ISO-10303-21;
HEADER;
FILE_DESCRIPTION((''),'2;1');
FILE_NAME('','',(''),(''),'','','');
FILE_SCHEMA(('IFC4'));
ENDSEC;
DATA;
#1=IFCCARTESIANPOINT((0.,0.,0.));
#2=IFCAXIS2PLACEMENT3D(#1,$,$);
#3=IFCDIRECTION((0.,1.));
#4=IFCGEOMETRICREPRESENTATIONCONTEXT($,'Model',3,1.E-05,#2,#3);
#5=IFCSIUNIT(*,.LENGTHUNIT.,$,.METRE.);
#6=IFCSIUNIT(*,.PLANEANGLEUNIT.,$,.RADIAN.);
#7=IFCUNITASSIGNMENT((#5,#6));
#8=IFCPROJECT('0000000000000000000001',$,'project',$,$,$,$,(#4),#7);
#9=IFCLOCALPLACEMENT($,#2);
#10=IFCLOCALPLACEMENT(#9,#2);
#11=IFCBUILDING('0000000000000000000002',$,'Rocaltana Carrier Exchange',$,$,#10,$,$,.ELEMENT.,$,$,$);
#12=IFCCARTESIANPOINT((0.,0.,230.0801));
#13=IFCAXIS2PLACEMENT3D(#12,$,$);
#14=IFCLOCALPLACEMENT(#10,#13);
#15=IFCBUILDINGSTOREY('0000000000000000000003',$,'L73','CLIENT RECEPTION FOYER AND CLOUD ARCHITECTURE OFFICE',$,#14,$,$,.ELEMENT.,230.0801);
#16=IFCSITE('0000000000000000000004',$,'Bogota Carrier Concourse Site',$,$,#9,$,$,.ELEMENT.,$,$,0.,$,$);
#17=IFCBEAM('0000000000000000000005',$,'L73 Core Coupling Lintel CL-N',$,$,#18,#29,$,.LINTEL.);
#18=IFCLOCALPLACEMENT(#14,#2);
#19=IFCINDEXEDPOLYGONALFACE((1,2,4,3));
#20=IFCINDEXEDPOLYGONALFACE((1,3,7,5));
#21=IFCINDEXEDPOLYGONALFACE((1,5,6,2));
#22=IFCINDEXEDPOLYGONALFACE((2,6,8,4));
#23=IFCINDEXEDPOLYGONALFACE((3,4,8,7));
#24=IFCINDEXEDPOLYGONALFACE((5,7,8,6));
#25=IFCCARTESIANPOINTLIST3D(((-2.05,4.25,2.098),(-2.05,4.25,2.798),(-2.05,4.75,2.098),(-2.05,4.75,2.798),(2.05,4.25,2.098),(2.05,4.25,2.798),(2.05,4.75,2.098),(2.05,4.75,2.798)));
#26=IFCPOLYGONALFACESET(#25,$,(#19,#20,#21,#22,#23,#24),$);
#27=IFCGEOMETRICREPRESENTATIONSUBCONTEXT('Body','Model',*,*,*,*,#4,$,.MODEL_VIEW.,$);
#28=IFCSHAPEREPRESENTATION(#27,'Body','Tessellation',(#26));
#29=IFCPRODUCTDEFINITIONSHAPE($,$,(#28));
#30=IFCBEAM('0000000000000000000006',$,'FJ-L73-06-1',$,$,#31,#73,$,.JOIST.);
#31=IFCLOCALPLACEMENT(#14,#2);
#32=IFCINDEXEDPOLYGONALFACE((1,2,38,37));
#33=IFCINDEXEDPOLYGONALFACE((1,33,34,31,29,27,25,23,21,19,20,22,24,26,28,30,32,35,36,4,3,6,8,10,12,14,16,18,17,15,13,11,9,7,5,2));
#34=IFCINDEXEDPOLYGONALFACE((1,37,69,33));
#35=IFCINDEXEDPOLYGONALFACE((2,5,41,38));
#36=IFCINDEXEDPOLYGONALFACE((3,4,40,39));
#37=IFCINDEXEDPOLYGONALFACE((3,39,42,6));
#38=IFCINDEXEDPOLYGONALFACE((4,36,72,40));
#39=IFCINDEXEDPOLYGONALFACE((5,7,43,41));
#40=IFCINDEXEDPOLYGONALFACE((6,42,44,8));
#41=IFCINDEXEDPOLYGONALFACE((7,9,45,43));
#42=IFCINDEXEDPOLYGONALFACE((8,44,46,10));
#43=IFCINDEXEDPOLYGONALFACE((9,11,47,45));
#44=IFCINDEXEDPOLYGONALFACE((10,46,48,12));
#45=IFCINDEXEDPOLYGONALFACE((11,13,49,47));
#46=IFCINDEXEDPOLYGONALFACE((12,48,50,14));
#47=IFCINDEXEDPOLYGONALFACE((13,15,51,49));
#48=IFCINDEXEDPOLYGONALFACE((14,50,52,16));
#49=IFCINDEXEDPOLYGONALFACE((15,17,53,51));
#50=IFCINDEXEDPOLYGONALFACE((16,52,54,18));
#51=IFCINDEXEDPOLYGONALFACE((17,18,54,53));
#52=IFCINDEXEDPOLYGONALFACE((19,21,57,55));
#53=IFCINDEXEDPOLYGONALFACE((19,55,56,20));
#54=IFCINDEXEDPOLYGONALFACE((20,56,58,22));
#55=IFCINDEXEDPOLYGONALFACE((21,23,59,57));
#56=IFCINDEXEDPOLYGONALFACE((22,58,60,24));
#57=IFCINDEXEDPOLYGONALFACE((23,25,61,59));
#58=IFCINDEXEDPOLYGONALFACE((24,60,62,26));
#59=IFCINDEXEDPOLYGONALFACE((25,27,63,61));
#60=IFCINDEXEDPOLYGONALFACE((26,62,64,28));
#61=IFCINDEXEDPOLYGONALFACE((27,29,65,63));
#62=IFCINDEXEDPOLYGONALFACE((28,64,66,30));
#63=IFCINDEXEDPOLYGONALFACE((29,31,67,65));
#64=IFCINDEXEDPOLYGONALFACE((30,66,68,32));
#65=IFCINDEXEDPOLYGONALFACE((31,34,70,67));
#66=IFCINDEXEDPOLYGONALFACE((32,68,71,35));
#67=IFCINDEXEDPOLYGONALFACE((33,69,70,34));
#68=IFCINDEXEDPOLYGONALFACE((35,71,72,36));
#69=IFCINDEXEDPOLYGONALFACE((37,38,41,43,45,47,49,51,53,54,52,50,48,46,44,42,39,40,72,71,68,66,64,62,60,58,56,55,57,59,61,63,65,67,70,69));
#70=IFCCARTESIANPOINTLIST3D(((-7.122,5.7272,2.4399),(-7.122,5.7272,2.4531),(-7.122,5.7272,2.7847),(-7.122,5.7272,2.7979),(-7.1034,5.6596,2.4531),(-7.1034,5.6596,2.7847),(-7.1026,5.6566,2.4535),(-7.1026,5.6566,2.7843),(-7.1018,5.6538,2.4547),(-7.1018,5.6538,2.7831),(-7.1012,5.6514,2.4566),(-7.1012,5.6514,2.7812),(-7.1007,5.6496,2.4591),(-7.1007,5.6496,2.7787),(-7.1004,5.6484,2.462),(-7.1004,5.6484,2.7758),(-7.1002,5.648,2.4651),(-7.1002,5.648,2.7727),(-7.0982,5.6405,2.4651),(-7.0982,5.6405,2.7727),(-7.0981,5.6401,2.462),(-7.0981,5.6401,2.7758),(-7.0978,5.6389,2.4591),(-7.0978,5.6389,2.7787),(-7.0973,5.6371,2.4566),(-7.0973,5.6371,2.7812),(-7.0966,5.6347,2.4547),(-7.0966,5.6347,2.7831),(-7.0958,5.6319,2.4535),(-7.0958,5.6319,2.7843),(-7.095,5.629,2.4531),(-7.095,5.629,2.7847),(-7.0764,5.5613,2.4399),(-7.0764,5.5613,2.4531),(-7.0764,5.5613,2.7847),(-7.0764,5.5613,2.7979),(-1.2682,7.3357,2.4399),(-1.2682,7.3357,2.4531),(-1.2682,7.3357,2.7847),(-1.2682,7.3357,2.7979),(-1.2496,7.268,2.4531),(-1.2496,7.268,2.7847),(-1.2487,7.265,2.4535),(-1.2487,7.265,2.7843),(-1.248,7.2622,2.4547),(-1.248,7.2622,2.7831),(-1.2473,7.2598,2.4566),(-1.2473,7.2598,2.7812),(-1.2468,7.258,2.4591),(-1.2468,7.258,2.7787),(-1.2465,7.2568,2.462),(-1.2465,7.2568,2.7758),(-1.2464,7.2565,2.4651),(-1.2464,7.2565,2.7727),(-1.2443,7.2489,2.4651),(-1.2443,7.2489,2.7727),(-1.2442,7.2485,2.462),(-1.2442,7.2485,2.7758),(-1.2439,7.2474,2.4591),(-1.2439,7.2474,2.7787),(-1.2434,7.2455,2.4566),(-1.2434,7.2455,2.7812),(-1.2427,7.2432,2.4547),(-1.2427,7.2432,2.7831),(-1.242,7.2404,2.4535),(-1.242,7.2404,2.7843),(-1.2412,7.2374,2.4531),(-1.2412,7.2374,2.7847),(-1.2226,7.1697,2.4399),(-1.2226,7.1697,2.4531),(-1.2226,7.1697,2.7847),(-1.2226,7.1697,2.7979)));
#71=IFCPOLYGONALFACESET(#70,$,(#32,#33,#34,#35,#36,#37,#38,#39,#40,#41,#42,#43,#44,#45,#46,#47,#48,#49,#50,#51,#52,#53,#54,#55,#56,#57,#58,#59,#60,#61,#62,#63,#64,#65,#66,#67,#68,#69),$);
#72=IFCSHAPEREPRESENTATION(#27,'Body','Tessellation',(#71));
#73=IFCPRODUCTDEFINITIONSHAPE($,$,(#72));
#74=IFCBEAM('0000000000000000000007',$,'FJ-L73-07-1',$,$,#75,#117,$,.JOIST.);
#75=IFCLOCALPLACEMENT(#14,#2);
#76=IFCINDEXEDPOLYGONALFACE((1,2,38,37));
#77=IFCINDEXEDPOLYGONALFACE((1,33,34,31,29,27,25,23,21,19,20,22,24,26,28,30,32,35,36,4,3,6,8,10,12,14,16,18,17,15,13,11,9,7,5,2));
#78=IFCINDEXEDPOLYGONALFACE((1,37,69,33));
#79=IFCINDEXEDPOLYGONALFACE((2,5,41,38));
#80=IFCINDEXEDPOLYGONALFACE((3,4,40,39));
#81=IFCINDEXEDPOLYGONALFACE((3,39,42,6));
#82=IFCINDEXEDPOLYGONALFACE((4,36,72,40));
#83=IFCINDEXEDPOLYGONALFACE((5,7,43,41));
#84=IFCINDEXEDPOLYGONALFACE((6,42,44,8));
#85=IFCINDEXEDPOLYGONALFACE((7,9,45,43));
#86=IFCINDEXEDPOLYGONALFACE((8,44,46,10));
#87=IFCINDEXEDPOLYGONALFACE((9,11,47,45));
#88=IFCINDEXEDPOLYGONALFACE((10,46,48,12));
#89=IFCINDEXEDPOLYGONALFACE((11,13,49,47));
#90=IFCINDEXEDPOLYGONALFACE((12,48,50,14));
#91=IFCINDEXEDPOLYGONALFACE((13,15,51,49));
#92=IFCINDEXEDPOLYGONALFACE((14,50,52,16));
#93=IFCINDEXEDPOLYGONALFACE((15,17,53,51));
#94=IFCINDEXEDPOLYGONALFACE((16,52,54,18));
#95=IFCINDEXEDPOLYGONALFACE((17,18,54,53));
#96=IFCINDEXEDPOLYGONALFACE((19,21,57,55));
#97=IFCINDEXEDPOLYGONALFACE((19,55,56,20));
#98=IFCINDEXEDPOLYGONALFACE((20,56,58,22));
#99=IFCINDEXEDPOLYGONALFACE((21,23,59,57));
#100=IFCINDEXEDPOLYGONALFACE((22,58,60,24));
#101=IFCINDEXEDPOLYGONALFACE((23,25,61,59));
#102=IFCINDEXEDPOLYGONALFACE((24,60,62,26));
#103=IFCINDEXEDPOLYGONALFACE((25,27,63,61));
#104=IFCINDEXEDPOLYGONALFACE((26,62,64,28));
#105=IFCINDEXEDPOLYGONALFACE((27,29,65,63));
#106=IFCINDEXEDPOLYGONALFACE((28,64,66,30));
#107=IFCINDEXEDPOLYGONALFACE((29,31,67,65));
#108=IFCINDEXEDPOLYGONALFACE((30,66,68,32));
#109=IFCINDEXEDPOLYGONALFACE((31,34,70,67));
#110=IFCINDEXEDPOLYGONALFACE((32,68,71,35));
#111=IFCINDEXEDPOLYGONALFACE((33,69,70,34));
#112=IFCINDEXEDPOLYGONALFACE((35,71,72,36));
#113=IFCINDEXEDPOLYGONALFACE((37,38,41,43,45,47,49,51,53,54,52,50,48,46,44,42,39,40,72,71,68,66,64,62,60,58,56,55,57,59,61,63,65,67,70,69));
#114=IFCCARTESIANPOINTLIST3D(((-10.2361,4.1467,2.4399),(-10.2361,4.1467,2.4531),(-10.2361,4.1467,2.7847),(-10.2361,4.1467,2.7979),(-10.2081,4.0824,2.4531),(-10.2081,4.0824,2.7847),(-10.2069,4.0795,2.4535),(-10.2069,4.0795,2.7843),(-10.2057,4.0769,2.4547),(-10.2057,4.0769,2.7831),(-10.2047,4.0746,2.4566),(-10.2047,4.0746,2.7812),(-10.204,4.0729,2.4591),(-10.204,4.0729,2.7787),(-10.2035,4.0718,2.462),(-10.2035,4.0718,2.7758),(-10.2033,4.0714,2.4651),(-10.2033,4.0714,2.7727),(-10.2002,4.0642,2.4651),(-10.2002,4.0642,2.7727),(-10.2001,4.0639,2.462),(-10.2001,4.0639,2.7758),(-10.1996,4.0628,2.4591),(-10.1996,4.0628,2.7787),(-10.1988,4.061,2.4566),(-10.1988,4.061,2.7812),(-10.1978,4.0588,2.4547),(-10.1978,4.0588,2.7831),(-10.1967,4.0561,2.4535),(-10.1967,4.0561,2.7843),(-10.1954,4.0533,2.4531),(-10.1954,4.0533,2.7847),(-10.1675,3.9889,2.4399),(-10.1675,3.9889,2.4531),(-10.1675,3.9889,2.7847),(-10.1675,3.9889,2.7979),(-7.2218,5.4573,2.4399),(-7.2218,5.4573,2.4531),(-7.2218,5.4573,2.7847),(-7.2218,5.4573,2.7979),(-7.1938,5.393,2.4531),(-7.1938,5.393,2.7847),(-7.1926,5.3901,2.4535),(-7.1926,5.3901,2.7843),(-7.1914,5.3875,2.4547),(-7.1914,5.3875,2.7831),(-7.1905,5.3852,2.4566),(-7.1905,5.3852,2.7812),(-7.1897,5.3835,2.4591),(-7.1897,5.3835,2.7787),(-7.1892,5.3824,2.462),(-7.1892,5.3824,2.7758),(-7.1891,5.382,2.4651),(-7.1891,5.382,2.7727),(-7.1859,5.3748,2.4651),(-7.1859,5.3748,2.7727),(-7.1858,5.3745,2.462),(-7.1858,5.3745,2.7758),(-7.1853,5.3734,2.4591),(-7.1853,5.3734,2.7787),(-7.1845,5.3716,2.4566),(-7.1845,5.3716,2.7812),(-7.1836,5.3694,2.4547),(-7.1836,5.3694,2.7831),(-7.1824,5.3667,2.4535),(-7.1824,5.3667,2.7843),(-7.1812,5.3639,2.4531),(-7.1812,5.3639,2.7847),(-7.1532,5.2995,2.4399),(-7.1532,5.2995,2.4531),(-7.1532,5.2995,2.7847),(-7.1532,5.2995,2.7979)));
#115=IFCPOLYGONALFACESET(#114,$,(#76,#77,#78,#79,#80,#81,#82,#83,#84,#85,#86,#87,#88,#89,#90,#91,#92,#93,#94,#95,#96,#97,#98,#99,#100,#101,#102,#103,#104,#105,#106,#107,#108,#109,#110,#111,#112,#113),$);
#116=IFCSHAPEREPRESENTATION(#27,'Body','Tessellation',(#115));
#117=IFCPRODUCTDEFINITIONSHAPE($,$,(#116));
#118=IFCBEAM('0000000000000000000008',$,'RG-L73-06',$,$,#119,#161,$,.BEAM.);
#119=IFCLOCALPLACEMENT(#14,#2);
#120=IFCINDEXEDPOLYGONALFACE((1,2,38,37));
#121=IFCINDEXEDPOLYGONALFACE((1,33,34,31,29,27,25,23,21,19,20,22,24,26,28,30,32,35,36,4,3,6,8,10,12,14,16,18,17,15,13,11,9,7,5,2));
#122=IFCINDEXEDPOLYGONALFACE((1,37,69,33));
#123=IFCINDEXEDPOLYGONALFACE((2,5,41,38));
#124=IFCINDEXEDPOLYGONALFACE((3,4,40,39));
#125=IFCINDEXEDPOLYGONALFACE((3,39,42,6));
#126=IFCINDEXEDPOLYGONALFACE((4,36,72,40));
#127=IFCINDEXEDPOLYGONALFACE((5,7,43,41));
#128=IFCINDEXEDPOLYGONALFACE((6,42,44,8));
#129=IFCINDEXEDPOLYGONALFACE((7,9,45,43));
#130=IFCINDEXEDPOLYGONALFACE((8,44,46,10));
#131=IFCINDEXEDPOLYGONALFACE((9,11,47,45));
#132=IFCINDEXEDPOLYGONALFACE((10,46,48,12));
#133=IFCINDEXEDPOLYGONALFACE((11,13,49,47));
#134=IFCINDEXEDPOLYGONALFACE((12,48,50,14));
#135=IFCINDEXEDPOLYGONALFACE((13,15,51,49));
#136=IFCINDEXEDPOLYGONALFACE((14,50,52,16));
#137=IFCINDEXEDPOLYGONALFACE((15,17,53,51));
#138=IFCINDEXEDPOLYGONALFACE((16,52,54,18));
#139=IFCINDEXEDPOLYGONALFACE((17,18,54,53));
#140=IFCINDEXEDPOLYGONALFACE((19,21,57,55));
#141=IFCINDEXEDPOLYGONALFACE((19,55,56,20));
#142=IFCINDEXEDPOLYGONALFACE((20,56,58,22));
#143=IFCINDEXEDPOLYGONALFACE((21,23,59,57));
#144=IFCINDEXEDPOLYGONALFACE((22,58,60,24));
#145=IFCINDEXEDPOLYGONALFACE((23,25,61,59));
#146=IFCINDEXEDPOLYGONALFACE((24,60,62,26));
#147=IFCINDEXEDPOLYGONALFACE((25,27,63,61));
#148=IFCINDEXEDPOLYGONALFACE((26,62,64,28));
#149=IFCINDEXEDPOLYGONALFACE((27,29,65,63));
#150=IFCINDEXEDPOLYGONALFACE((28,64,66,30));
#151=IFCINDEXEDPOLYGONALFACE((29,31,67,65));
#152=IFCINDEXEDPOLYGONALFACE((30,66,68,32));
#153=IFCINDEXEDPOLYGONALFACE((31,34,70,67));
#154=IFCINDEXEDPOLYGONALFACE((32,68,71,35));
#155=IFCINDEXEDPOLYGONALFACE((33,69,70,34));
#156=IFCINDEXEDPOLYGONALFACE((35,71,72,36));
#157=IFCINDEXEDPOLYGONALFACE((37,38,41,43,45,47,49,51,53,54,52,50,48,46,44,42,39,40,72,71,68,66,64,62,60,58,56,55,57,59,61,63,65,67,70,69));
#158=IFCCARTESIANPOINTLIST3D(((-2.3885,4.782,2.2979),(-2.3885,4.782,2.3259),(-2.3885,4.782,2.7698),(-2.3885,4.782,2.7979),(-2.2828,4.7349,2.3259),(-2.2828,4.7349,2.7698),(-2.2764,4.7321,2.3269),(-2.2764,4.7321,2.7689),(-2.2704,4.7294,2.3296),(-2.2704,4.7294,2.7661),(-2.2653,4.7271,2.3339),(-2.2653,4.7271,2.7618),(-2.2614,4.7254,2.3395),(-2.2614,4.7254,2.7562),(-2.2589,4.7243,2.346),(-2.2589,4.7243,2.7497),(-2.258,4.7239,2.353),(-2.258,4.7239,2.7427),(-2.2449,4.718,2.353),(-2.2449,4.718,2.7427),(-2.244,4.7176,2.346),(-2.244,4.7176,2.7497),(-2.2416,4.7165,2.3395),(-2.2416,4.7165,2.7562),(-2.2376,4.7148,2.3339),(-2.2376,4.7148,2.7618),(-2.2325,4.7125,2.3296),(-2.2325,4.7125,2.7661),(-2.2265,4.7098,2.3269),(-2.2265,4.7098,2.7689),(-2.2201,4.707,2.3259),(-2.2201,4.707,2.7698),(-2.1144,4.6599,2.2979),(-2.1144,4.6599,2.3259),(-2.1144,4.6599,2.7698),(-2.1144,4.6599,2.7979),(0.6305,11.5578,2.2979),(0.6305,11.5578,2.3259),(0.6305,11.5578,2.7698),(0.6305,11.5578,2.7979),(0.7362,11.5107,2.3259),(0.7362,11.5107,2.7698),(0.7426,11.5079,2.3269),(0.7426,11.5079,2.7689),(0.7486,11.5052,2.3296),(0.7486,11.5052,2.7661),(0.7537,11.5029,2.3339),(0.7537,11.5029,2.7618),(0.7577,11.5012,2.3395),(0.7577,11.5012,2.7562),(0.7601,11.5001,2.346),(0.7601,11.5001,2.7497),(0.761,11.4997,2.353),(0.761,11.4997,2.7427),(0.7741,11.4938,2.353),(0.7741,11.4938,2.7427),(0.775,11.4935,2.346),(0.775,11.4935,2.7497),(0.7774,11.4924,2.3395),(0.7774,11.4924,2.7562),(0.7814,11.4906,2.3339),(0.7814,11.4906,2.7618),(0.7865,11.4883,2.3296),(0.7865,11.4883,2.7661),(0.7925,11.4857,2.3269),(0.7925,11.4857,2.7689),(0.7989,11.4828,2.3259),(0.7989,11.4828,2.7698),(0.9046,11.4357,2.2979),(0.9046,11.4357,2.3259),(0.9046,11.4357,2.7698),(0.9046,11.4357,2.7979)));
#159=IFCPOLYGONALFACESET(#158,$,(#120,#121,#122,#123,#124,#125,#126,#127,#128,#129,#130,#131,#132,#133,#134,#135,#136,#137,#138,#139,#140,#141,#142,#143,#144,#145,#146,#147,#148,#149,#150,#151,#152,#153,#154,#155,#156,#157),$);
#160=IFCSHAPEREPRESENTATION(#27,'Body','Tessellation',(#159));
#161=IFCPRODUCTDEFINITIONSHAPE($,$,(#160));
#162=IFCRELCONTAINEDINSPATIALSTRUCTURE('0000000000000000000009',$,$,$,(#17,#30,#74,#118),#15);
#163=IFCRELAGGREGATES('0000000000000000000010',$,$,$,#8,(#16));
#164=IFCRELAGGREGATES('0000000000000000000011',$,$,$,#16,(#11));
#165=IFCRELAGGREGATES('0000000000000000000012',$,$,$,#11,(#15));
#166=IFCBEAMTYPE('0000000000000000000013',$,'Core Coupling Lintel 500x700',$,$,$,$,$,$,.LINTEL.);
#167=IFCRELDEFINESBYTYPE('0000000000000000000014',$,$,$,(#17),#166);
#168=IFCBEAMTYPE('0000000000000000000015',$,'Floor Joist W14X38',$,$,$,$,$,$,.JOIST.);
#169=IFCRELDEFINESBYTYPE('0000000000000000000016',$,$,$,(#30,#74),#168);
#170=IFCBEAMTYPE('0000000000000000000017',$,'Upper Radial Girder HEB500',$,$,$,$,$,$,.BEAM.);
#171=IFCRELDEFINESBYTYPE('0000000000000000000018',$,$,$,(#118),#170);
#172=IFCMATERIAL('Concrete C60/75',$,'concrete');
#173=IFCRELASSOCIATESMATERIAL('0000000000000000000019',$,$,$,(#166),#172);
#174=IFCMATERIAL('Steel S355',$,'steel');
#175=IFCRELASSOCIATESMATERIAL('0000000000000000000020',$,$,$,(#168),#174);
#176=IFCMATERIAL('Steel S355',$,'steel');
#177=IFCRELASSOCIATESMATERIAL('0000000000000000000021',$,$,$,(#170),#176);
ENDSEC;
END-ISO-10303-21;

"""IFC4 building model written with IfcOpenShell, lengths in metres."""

from ifc_helpers import new_model, si_unit, direction, frame, origin, origin_2d, place, context, subcontext, project, spatial, rectangle, i_section, extrude, material, material_profile, profile_set, type_object, element, save


model = new_model("IFC4")

# Units and contexts
model_context = context("Model", 3, precision=1e-05, world=origin(), true_north=direction((0.0, 1.0)))
body_context = subcontext(model_context, "Body", "Model", "MODEL_VIEW")
ifc_project = project(units=[si_unit("LENGTHUNIT", "METRE"), si_unit("PLANEANGLEUNIT", "RADIAN")], contexts=[model_context])

# Site, building, storey
site_placement = place(None, origin())
site = spatial("IfcSite", under=ifc_project, at=site_placement, Name="Bogota Carrier Concourse Site", CompositionType="ELEMENT", RefElevation=0.0)
building_placement = place(site_placement, origin())
building = spatial("IfcBuilding", under=site, at=building_placement, Name="Rocaltana Carrier Exchange", CompositionType="ELEMENT")
storey_placement = place(building_placement, frame((0.0, 0.0, 230.0801)))
storey = spatial("IfcBuildingStorey", under=building, at=storey_placement, Name="L73", Description="CLIENT RECEPTION FOYER AND CLOUD ARCHITECTURE OFFICE", CompositionType="ELEMENT", Elevation=230.0801)

# Beams
ifc_material_1 = material(Name="Concrete C60/75", Category="concrete")
ifc_material_profile_1 = material_profile(ifc_material_1, rectangle(XDim=0.5, YDim=0.7, at=origin_2d()), Name="RC-BM-500X700")
ifc_profile_set_1 = profile_set([ifc_material_profile_1], Name="Concrete C60/75")
beam_type_1 = type_object("IfcBeamType", Name="Core Coupling Lintel 500x700", PredefinedType="LINTEL", material=ifc_profile_set_1)
beam_1_placement = place(storey_placement, frame((-2.05, 4.5, 2.448), z_axis=(1.0, 0.0, 0.0), x_axis=(0.0, 1.0, 0.0)))
element("IfcBeam", 1, at=beam_1_placement, inside=storey, type_object=beam_type_1, Name="L73 Core Coupling Lintel CL-N", PredefinedType="LINTEL", context=body_context, shape_type="SweptSolid", body=[
    extrude(rectangle(XDim=0.5, YDim=0.7, at=origin_2d()), origin(), (0.0, 0.0, 1.0), 4.1001),
])
ifc_material_2 = material(Name="Steel S355", Category="steel")
ifc_material_profile_2 = material_profile(ifc_material_2, i_section(OverallWidth=0.1721, OverallDepth=0.3579, WebThickness=0.0078, FlangeThickness=0.0132, FilletRadius=0.012, at=origin_2d()), Name="W14X38")
ifc_profile_set_2 = profile_set([ifc_material_profile_2], Name="Steel S355")
beam_type_2 = type_object("IfcBeamType", Name="Floor Joist W14X38", PredefinedType="JOIST", material=ifc_profile_set_2)
beam_2_placement = place(storey_placement, frame((-1.2454, 7.2527, 2.6189), z_axis=(-0.964264, -0.264944, 0.0), x_axis=(0.264944, -0.964264, 0.0)))
element("IfcBeam", 2, at=beam_2_placement, inside=storey, type_object=beam_type_2, Name="FJ-L73-06-1", PredefinedType="JOIST", context=body_context, shape_type="SweptSolid", body=[
    extrude(i_section(OverallWidth=0.1721, OverallDepth=0.3579, WebThickness=0.0078, FlangeThickness=0.0132, FilletRadius=0.012, at=origin_2d()), origin(), (0.0, 0.0, 1.0), 6.0708),
])
beam_3_placement = place(storey_placement, frame((-7.1875, 5.3784, 2.6189), z_axis=(-0.917065, -0.398737, 0.0), x_axis=(0.398737, -0.917065, 0.0)))
element("IfcBeam", 3, at=beam_3_placement, inside=storey, type_object=beam_type_2, Name="FJ-L73-07-1", PredefinedType="JOIST", context=body_context, shape_type="SweptSolid", body=[
    extrude(i_section(OverallWidth=0.1721, OverallDepth=0.3579, WebThickness=0.0078, FlangeThickness=0.0132, FilletRadius=0.012, at=origin_2d()), origin(), (0.0, 0.0, 1.0), 3.2869),
])
ifc_material_3 = material(Name="Steel S355", Category="steel")
ifc_material_profile_3 = material_profile(ifc_material_3, i_section(OverallWidth=0.3, OverallDepth=0.5, WebThickness=0.0144, FlangeThickness=0.0281, FilletRadius=0.0271, at=origin_2d()), Name="HEB500")
ifc_profile_set_3 = profile_set([ifc_material_profile_3], Name="Steel S355")
beam_type_3 = type_object("IfcBeamType", Name="Upper Radial Girder HEB500", PredefinedType="BEAM", material=ifc_profile_set_3)
beam_4_placement = place(storey_placement, frame((-2.2515, 4.7209, 2.5479), z_axis=(0.406987, 0.913434, 0.0), x_axis=(-0.913434, 0.406987, 0.0)))
element("IfcBeam", 4, at=beam_4_placement, inside=storey, type_object=beam_type_3, Name="RG-L73-06", PredefinedType="BEAM", context=body_context, shape_type="SweptSolid", body=[
    extrude(i_section(OverallWidth=0.3, OverallDepth=0.5, WebThickness=0.0144, FlangeThickness=0.0281, FilletRadius=0.0271, at=origin_2d()), origin(), (0.0, 0.0, 1.0), 7.418),
])

save(model, "model.ifc")
